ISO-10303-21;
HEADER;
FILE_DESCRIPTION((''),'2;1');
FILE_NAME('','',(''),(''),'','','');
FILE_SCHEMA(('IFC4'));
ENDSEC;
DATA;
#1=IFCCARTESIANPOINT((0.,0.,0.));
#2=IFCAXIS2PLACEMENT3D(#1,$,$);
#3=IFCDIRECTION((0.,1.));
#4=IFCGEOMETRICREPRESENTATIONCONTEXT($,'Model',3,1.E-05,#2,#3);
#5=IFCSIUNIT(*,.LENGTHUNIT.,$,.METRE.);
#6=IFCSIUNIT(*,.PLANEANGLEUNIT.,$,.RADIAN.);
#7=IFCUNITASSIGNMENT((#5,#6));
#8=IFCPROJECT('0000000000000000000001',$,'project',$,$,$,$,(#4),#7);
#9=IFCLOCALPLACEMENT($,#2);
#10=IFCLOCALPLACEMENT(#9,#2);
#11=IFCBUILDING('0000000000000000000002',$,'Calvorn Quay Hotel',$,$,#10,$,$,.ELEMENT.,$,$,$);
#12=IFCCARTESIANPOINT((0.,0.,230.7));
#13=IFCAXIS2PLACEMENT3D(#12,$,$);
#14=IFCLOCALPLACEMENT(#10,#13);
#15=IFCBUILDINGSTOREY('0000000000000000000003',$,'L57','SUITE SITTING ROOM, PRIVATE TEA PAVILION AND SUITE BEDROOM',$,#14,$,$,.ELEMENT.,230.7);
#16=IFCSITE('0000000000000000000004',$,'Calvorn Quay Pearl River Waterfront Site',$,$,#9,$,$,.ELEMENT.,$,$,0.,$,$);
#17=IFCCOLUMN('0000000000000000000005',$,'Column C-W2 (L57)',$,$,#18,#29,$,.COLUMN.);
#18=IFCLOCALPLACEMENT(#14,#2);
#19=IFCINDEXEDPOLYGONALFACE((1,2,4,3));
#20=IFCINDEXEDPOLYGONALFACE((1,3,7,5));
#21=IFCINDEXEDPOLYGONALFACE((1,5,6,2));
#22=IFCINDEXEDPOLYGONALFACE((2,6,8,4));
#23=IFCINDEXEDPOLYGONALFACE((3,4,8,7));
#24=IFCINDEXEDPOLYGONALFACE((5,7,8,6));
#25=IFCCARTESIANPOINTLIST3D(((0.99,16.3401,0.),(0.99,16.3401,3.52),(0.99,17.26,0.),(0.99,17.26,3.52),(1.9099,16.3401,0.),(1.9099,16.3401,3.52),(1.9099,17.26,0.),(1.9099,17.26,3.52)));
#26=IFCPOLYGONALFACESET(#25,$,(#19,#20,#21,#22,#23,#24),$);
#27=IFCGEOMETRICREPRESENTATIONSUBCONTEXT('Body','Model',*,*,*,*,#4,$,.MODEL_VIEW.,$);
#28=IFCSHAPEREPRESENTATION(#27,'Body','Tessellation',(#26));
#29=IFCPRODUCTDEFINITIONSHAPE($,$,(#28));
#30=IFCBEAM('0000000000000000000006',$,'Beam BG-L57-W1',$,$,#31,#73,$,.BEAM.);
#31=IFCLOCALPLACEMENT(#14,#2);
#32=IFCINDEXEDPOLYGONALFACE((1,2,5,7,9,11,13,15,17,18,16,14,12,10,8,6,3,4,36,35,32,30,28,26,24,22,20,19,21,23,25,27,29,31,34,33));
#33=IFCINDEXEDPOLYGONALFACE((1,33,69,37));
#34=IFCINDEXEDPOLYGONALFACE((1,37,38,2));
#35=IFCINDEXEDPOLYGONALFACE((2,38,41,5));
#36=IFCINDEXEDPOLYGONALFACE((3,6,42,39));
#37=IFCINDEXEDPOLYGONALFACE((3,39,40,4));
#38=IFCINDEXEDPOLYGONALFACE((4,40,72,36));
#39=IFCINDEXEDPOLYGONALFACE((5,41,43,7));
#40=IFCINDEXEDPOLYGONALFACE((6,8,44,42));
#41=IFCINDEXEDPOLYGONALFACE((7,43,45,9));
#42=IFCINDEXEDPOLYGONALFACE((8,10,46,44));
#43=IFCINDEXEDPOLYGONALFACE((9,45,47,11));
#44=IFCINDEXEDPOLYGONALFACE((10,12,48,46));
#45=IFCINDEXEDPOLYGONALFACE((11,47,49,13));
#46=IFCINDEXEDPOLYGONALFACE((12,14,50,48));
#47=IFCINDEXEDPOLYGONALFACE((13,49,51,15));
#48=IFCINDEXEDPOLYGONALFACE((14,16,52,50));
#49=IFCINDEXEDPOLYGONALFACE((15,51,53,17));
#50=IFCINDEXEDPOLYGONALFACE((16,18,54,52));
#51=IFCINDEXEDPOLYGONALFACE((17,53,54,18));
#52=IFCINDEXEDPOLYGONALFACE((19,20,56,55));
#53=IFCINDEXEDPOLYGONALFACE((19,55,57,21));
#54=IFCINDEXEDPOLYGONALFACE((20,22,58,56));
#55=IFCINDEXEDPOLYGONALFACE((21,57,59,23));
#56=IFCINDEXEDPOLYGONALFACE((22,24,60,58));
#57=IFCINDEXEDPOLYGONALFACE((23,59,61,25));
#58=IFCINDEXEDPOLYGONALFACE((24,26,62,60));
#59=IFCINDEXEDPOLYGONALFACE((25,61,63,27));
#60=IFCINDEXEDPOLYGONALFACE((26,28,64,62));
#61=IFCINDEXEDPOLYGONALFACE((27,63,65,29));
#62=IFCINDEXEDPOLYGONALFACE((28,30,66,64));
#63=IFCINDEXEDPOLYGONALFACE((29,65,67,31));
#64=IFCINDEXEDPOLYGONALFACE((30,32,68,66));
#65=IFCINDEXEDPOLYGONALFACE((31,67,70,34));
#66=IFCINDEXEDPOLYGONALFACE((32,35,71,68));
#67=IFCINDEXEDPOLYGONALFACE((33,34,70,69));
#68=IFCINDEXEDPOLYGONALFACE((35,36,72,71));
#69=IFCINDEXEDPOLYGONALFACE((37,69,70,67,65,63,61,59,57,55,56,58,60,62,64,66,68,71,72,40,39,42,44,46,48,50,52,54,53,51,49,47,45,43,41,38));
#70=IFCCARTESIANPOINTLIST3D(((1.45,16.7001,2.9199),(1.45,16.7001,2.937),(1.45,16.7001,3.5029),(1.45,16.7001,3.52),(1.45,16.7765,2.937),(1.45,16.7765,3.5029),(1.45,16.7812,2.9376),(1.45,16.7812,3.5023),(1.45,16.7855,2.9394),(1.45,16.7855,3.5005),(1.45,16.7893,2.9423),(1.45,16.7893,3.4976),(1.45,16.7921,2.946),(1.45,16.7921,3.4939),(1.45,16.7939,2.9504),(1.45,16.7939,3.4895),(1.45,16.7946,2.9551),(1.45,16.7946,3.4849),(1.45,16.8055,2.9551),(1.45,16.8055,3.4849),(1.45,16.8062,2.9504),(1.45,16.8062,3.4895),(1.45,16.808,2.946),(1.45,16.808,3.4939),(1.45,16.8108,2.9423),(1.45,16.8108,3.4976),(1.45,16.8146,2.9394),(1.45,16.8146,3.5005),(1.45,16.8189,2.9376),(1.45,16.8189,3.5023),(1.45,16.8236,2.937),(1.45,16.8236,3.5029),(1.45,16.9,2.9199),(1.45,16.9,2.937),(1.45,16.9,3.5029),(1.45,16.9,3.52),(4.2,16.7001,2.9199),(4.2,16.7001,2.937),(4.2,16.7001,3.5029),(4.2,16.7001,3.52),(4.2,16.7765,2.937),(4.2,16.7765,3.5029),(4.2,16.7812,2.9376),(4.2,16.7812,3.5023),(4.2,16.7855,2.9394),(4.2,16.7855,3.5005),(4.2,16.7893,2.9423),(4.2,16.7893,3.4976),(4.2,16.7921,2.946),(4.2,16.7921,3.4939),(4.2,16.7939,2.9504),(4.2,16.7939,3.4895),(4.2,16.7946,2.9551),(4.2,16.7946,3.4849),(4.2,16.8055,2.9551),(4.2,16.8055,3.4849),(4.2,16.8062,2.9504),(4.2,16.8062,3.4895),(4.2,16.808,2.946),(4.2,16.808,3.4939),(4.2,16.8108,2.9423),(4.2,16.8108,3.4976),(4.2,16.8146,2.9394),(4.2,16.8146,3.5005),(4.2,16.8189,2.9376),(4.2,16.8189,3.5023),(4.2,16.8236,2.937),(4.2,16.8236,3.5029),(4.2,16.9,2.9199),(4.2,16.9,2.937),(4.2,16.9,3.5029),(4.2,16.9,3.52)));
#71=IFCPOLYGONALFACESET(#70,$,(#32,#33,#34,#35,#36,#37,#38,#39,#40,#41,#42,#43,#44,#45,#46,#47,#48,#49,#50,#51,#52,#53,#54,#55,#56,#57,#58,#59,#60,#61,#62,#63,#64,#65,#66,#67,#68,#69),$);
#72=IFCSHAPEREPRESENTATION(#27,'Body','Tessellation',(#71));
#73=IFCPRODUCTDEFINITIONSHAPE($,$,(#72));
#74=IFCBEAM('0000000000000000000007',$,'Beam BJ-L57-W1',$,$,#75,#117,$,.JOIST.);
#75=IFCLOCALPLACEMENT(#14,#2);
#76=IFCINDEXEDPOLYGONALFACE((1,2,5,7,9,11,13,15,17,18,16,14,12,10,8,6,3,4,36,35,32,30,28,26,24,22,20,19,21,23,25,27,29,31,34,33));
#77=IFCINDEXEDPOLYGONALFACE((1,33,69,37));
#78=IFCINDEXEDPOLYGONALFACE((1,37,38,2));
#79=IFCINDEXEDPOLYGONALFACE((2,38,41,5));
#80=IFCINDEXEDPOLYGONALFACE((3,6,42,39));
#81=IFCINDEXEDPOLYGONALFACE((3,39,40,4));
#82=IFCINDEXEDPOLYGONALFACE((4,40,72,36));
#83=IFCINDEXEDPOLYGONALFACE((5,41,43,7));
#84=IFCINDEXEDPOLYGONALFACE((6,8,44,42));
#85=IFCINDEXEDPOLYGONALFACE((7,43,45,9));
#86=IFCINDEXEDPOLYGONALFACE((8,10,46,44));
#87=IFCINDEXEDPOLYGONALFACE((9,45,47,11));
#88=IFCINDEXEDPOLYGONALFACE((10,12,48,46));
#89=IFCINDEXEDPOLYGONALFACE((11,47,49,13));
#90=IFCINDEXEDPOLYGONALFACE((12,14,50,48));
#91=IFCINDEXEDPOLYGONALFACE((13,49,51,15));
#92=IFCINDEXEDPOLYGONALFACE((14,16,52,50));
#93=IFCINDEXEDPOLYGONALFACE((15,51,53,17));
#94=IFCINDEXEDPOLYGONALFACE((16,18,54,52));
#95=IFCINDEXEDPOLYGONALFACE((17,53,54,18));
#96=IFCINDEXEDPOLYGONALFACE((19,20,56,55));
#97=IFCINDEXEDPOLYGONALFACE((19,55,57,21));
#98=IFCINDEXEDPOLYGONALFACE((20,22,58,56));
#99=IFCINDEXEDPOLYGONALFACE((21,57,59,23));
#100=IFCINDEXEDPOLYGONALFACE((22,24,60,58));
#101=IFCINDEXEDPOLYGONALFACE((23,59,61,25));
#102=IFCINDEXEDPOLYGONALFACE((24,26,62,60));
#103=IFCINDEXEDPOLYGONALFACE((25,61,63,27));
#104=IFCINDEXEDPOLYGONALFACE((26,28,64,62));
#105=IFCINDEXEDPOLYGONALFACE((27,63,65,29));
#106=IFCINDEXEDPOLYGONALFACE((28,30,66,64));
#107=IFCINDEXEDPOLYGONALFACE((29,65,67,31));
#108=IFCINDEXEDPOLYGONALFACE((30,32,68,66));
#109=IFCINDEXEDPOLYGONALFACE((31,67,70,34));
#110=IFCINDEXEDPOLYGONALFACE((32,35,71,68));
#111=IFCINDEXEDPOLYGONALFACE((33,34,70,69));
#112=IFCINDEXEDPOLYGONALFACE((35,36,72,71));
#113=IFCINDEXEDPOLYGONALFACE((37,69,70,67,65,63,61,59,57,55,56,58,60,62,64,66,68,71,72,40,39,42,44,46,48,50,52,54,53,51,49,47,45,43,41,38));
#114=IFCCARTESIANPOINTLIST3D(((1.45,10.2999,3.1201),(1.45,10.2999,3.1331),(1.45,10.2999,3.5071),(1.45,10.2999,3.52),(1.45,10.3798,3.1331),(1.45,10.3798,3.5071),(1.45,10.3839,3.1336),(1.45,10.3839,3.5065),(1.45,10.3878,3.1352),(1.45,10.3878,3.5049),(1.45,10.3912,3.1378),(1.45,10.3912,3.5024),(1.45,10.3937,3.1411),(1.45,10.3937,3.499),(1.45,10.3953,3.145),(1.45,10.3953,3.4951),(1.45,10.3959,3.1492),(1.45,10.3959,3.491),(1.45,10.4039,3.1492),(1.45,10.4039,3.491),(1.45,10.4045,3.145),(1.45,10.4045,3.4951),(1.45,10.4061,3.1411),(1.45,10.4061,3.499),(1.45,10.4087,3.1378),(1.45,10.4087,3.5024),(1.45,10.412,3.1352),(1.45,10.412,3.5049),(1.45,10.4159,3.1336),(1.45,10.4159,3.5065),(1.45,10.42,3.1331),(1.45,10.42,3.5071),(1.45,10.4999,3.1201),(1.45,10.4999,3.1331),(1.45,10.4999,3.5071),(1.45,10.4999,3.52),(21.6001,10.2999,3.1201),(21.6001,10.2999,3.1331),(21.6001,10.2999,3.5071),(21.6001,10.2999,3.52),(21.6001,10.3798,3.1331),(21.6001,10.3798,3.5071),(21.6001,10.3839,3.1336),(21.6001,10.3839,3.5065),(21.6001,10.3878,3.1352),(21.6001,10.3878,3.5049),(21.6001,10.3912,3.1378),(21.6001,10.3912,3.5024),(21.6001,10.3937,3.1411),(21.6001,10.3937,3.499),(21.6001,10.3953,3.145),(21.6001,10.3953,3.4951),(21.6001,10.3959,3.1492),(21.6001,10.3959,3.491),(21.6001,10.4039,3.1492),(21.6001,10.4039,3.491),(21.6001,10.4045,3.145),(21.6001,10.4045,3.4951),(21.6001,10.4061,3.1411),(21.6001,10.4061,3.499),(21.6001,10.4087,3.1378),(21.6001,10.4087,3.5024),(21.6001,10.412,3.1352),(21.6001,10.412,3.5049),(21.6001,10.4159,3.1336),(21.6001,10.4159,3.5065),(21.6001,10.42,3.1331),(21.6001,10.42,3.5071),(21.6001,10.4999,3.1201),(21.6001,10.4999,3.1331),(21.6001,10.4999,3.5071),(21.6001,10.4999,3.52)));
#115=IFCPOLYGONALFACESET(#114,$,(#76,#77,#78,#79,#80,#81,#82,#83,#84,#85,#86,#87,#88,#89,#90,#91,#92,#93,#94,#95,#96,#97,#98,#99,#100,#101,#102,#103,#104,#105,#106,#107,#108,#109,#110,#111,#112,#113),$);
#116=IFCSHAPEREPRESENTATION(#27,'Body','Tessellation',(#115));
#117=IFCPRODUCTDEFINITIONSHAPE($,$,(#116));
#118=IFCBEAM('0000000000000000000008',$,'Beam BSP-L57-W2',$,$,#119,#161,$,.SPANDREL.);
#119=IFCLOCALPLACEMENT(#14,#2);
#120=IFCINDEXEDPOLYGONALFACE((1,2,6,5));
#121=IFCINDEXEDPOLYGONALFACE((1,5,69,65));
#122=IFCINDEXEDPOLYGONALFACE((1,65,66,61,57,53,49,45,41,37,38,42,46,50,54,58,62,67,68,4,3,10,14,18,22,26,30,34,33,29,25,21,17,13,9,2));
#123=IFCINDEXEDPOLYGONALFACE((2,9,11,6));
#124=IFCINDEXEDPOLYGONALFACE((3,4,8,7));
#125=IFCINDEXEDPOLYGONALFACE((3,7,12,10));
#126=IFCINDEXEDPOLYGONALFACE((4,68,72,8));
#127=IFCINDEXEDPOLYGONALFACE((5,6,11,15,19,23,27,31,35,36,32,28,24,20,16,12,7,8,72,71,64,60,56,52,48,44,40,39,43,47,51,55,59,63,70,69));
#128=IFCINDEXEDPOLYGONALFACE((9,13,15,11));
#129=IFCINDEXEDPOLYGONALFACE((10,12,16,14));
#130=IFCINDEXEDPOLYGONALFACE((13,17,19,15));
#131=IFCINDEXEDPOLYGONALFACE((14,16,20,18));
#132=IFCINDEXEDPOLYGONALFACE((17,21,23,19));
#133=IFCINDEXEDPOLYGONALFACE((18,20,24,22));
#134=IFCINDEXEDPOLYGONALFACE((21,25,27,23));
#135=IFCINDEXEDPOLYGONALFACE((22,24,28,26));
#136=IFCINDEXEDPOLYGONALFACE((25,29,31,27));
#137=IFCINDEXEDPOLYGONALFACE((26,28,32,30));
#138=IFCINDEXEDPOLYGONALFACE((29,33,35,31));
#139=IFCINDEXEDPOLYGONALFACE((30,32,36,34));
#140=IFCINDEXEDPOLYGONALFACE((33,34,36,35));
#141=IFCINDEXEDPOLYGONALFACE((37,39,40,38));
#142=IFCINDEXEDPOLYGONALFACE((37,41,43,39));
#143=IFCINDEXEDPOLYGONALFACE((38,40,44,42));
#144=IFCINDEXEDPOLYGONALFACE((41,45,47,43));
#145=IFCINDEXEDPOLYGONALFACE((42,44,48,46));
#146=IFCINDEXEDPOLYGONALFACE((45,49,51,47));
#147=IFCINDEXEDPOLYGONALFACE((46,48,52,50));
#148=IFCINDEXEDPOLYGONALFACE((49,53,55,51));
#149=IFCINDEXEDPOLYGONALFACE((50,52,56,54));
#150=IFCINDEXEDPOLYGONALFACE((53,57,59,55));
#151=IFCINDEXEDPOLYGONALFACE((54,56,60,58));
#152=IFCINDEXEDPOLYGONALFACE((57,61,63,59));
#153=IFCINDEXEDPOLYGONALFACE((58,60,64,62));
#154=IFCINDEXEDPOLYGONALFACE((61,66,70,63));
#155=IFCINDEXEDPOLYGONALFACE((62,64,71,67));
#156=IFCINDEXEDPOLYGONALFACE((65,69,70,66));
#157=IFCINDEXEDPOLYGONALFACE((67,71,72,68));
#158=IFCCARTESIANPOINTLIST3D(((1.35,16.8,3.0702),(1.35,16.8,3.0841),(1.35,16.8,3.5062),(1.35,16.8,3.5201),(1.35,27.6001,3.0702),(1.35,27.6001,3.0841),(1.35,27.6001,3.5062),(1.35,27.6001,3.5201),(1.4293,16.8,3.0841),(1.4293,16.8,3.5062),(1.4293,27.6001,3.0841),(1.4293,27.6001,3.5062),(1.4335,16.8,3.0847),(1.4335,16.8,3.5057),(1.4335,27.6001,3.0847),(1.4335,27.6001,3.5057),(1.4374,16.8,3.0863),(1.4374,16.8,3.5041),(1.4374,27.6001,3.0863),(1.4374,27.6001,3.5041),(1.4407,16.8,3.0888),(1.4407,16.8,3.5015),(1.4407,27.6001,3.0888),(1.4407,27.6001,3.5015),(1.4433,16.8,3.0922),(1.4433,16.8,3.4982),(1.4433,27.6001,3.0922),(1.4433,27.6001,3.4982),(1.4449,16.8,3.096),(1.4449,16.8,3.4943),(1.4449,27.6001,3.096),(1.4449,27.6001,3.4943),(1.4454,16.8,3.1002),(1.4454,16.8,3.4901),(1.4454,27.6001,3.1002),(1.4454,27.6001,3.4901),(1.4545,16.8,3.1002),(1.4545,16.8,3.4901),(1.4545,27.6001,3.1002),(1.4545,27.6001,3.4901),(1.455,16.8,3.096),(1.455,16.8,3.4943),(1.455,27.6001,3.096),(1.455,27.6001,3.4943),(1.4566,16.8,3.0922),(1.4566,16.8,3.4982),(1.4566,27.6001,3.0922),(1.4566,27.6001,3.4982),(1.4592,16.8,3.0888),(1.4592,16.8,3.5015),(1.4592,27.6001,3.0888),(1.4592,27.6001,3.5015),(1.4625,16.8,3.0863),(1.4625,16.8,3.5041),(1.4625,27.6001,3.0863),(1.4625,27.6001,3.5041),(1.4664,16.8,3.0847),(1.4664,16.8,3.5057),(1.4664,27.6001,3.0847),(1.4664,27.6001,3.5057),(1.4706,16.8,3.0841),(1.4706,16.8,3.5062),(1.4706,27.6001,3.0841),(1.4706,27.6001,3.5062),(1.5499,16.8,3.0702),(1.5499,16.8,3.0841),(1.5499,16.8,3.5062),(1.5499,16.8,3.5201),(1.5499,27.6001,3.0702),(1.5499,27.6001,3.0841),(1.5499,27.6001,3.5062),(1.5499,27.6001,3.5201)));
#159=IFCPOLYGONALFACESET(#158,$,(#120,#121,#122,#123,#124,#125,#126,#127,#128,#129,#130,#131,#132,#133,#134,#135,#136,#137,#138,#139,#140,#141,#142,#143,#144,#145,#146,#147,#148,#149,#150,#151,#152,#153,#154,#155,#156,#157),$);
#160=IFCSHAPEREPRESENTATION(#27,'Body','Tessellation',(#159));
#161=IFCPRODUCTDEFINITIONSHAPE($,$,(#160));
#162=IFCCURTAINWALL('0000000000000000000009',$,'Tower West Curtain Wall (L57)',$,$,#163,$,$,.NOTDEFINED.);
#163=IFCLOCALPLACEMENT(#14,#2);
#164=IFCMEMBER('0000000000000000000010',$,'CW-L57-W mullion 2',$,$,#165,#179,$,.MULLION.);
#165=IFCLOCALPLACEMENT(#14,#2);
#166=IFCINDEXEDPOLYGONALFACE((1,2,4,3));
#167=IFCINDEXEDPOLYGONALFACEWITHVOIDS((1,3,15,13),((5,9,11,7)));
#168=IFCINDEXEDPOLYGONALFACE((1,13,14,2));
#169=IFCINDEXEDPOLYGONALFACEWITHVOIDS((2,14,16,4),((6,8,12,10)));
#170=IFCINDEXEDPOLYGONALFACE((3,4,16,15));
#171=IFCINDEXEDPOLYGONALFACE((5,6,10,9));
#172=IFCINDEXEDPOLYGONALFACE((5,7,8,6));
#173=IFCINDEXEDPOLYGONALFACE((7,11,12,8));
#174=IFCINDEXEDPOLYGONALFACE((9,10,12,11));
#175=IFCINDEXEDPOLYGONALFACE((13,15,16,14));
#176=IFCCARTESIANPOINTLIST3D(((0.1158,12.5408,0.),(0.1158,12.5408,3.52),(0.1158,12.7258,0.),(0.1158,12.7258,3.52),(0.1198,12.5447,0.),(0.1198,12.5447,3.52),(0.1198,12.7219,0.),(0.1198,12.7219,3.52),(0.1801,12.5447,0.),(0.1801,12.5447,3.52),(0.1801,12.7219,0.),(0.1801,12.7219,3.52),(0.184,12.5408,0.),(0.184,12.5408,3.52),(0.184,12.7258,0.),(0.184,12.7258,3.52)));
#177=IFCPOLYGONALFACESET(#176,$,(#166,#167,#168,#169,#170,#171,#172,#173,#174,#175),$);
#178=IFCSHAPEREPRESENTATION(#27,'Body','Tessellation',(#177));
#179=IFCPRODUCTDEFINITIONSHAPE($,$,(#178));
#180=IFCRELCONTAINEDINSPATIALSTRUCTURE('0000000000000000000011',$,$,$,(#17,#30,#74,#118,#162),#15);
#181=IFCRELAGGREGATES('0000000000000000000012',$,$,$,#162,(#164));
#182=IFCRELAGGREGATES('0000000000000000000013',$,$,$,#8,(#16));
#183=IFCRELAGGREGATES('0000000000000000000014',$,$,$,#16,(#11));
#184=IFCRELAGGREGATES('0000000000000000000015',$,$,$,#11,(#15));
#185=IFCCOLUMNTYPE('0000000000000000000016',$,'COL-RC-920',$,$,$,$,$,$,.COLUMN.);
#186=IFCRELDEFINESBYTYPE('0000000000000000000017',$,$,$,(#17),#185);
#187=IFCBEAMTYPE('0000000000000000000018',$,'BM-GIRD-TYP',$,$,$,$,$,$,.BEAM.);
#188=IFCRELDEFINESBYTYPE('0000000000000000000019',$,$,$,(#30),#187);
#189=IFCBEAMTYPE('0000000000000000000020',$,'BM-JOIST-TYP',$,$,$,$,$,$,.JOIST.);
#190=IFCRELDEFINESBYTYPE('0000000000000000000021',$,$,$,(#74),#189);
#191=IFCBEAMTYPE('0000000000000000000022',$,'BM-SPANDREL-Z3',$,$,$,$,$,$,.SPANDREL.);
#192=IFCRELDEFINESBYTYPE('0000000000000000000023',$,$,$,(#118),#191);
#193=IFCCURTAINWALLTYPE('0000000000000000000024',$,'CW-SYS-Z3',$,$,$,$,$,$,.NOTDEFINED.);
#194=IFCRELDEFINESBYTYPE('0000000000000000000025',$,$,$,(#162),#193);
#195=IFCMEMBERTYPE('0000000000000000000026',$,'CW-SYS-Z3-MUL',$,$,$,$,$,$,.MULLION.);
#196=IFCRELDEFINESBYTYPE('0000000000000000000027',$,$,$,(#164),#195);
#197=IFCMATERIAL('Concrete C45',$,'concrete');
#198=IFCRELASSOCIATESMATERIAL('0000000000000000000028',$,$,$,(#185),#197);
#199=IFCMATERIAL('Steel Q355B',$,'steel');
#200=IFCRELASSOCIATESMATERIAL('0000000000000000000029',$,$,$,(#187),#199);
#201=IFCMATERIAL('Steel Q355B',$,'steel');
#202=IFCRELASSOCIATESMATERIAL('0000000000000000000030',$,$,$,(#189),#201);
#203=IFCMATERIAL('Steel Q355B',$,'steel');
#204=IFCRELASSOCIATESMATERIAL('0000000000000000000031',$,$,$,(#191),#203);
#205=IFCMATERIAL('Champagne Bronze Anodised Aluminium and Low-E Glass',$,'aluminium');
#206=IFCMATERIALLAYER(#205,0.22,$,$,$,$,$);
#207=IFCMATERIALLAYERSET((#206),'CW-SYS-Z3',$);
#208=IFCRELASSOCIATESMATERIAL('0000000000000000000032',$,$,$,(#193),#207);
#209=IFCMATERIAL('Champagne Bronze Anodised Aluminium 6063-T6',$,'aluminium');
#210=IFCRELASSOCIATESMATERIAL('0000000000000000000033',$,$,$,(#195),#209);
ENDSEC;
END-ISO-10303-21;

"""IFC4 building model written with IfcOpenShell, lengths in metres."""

from ifc_helpers import new_model, si_unit, direction, frame, origin, origin_2d, place, context, subcontext, project, spatial, rectangle, hollow_rectangle, i_section, extrude, material, layer, layer_set, material_profile, profile_set, type_object, element, aggregate, save


model = new_model("IFC4")

# Units and contexts
model_context = context("Model", 3, precision=1e-05, world=origin(), true_north=direction((0.0, 1.0)))
body_context = subcontext(model_context, "Body", "Model", "MODEL_VIEW")
ifc_project = project(units=[si_unit("LENGTHUNIT", "METRE"), si_unit("PLANEANGLEUNIT", "RADIAN")], contexts=[model_context])

# Site, building, storey
site_placement = place(None, origin())
site = spatial("IfcSite", under=ifc_project, at=site_placement, Name="Calvorn Quay Pearl River Waterfront Site", CompositionType="ELEMENT", RefElevation=0.0)
building_placement = place(site_placement, origin())
building = spatial("IfcBuilding", under=site, at=building_placement, Name="Calvorn Quay Hotel", CompositionType="ELEMENT")
storey_placement = place(building_placement, frame((0.0, 0.0, 230.7)))
storey = spatial("IfcBuildingStorey", under=building, at=storey_placement, Name="L57", Description="SUITE SITTING ROOM, PRIVATE TEA PAVILION AND SUITE BEDROOM", CompositionType="ELEMENT", Elevation=230.7)

# Column
ifc_material_1 = material(Name="Concrete C45", Category="concrete")
ifc_material_profile_1 = material_profile(ifc_material_1, rectangle(XDim=0.9199, YDim=0.9199, at=origin_2d()), Name="RC920x920")
ifc_profile_set_1 = profile_set([ifc_material_profile_1], Name="Concrete C45")
column_type = type_object("IfcColumnType", Name="COL-RC-920", PredefinedType="COLUMN", material=ifc_profile_set_1)
column_placement = place(storey_placement, frame((1.45, 16.8, 0.0), z_axis=(0.0, 0.0, 1.0), x_axis=(1.0, 0.0, 0.0)))
element("IfcColumn", 1, at=column_placement, inside=storey, type_object=column_type, Name="Column C-W2 (L57)", PredefinedType="COLUMN", context=body_context, shape_type="SweptSolid", body=[
    extrude(rectangle(XDim=0.9199, YDim=0.9199, at=origin_2d()), origin(), (0.0, 0.0, 1.0), 3.52),
])

# Beams
ifc_material_2 = material(Name="Steel Q355B", Category="steel")
ifc_material_profile_2 = material_profile(ifc_material_2, i_section(OverallWidth=0.2, OverallDepth=0.6001, WebThickness=0.011, FlangeThickness=0.0171, FilletRadius=0.0181, at=origin_2d()), Name="HN600x200x11x17")
ifc_profile_set_2 = profile_set([ifc_material_profile_2], Name="Steel Q355B")
beam_type_1 = type_object("IfcBeamType", Name="BM-GIRD-TYP", PredefinedType="BEAM", material=ifc_profile_set_2)
beam_1_placement = place(storey_placement, frame((1.45, 16.8, 3.22), z_axis=(1.0, 0.0, 0.0), x_axis=(0.0, 1.0, 0.0)))
element("IfcBeam", 2, at=beam_1_placement, inside=storey, type_object=beam_type_1, Name="Beam BG-L57-W1", PredefinedType="BEAM", context=body_context, shape_type="SweptSolid", body=[
    extrude(i_section(OverallWidth=0.2, OverallDepth=0.6001, WebThickness=0.011, FlangeThickness=0.0171, FilletRadius=0.0181, at=origin_2d()), origin(), (0.0, 0.0, 1.0), 2.75),
])
ifc_material_3 = material(Name="Steel Q355B", Category="steel")
ifc_material_profile_3 = material_profile(ifc_material_3, i_section(OverallWidth=0.2, OverallDepth=0.3999, WebThickness=0.0081, FlangeThickness=0.0129, FilletRadius=0.0161, at=origin_2d()), Name="HN400x200x8x13")
ifc_profile_set_3 = profile_set([ifc_material_profile_3], Name="Steel Q355B")
beam_type_2 = type_object("IfcBeamType", Name="BM-JOIST-TYP", PredefinedType="JOIST", material=ifc_profile_set_3)
beam_2_placement = place(storey_placement, frame((1.45, 10.3999, 3.3201), z_axis=(1.0, 0.0, 0.0), x_axis=(0.0, 1.0, 0.0)))
element("IfcBeam", 3, at=beam_2_placement, inside=storey, type_object=beam_type_2, Name="Beam BJ-L57-W1", PredefinedType="JOIST", context=body_context, shape_type="SweptSolid", body=[
    extrude(i_section(OverallWidth=0.2, OverallDepth=0.3999, WebThickness=0.0081, FlangeThickness=0.0129, FilletRadius=0.0161, at=origin_2d()), origin(), (0.0, 0.0, 1.0), 20.1501),
])
ifc_material_4 = material(Name="Steel Q355B", Category="steel")
ifc_material_profile_4 = material_profile(ifc_material_4, i_section(OverallWidth=0.2, OverallDepth=0.45, WebThickness=0.009, FlangeThickness=0.0139, FilletRadius=0.0161, at=origin_2d()), Name="HN450x200x9x14")
ifc_profile_set_4 = profile_set([ifc_material_profile_4], Name="Steel Q355B")
beam_type_3 = type_object("IfcBeamType", Name="BM-SPANDREL-Z3", PredefinedType="SPANDREL", material=ifc_profile_set_4)
beam_3_placement = place(storey_placement, frame((1.45, 16.8, 3.2952), z_axis=(0.0, 1.0, 0.0), x_axis=(-1.0, 0.0, 0.0)))
element("IfcBeam", 4, at=beam_3_placement, inside=storey, type_object=beam_type_3, Name="Beam BSP-L57-W2", PredefinedType="SPANDREL", context=body_context, shape_type="SweptSolid", body=[
    extrude(i_section(OverallWidth=0.2, OverallDepth=0.45, WebThickness=0.009, FlangeThickness=0.0139, FilletRadius=0.0161, at=origin_2d()), origin(), (0.0, 0.0, 1.0), 10.8),
])

# Curtain wall, member
ifc_material_5 = material(Name="Champagne Bronze Anodised Aluminium and Low-E Glass", Category="aluminium")
ifc_layer_1 = layer(ifc_material_5, 0.22)
ifc_layer_set_1 = layer_set([ifc_layer_1], Name="CW-SYS-Z3")
curtain_wall_type = type_object("IfcCurtainWallType", Name="CW-SYS-Z3", PredefinedType="NOTDEFINED", material=ifc_layer_set_1)
curtain_wall_placement = place(storey_placement, origin())
curtain_wall = element("IfcCurtainWall", 5, at=curtain_wall_placement, inside=storey, type_object=curtain_wall_type, Name="Tower West Curtain Wall (L57)", PredefinedType="NOTDEFINED")
ifc_material_6 = material(Name="Champagne Bronze Anodised Aluminium 6063-T6", Category="aluminium")
ifc_material_profile_5 = material_profile(ifc_material_6, hollow_rectangle(XDim=0.0681, YDim=0.1851, WallThickness=0.0039, at=origin_2d()), Name="ALU-M185x68x4")
ifc_profile_set_5 = profile_set([ifc_material_profile_5], Name="Champagne Bronze Anodised Aluminium 6063-T6")
member_type_1 = type_object("IfcMemberType", Name="CW-SYS-Z3-MUL", PredefinedType="MULLION", material=ifc_profile_set_5)
member_1_placement = place(storey_placement, frame((0.1499, 12.6333, 0.0), z_axis=(0.0, 0.0, 1.0), x_axis=(-1.0, 0.0, 0.0)))
member_1 = element("IfcMember", 6, at=member_1_placement, type_object=member_type_1, Name="CW-L57-W mullion 2", PredefinedType="MULLION", context=body_context, shape_type="SweptSolid", body=[
    extrude(hollow_rectangle(XDim=0.0681, YDim=0.1851, WallThickness=0.0039, at=origin_2d()), origin(), (0.0, 0.0, 1.0), 3.52),
])
aggregate(curtain_wall, [member_1])

save(model, "model.ifc")
